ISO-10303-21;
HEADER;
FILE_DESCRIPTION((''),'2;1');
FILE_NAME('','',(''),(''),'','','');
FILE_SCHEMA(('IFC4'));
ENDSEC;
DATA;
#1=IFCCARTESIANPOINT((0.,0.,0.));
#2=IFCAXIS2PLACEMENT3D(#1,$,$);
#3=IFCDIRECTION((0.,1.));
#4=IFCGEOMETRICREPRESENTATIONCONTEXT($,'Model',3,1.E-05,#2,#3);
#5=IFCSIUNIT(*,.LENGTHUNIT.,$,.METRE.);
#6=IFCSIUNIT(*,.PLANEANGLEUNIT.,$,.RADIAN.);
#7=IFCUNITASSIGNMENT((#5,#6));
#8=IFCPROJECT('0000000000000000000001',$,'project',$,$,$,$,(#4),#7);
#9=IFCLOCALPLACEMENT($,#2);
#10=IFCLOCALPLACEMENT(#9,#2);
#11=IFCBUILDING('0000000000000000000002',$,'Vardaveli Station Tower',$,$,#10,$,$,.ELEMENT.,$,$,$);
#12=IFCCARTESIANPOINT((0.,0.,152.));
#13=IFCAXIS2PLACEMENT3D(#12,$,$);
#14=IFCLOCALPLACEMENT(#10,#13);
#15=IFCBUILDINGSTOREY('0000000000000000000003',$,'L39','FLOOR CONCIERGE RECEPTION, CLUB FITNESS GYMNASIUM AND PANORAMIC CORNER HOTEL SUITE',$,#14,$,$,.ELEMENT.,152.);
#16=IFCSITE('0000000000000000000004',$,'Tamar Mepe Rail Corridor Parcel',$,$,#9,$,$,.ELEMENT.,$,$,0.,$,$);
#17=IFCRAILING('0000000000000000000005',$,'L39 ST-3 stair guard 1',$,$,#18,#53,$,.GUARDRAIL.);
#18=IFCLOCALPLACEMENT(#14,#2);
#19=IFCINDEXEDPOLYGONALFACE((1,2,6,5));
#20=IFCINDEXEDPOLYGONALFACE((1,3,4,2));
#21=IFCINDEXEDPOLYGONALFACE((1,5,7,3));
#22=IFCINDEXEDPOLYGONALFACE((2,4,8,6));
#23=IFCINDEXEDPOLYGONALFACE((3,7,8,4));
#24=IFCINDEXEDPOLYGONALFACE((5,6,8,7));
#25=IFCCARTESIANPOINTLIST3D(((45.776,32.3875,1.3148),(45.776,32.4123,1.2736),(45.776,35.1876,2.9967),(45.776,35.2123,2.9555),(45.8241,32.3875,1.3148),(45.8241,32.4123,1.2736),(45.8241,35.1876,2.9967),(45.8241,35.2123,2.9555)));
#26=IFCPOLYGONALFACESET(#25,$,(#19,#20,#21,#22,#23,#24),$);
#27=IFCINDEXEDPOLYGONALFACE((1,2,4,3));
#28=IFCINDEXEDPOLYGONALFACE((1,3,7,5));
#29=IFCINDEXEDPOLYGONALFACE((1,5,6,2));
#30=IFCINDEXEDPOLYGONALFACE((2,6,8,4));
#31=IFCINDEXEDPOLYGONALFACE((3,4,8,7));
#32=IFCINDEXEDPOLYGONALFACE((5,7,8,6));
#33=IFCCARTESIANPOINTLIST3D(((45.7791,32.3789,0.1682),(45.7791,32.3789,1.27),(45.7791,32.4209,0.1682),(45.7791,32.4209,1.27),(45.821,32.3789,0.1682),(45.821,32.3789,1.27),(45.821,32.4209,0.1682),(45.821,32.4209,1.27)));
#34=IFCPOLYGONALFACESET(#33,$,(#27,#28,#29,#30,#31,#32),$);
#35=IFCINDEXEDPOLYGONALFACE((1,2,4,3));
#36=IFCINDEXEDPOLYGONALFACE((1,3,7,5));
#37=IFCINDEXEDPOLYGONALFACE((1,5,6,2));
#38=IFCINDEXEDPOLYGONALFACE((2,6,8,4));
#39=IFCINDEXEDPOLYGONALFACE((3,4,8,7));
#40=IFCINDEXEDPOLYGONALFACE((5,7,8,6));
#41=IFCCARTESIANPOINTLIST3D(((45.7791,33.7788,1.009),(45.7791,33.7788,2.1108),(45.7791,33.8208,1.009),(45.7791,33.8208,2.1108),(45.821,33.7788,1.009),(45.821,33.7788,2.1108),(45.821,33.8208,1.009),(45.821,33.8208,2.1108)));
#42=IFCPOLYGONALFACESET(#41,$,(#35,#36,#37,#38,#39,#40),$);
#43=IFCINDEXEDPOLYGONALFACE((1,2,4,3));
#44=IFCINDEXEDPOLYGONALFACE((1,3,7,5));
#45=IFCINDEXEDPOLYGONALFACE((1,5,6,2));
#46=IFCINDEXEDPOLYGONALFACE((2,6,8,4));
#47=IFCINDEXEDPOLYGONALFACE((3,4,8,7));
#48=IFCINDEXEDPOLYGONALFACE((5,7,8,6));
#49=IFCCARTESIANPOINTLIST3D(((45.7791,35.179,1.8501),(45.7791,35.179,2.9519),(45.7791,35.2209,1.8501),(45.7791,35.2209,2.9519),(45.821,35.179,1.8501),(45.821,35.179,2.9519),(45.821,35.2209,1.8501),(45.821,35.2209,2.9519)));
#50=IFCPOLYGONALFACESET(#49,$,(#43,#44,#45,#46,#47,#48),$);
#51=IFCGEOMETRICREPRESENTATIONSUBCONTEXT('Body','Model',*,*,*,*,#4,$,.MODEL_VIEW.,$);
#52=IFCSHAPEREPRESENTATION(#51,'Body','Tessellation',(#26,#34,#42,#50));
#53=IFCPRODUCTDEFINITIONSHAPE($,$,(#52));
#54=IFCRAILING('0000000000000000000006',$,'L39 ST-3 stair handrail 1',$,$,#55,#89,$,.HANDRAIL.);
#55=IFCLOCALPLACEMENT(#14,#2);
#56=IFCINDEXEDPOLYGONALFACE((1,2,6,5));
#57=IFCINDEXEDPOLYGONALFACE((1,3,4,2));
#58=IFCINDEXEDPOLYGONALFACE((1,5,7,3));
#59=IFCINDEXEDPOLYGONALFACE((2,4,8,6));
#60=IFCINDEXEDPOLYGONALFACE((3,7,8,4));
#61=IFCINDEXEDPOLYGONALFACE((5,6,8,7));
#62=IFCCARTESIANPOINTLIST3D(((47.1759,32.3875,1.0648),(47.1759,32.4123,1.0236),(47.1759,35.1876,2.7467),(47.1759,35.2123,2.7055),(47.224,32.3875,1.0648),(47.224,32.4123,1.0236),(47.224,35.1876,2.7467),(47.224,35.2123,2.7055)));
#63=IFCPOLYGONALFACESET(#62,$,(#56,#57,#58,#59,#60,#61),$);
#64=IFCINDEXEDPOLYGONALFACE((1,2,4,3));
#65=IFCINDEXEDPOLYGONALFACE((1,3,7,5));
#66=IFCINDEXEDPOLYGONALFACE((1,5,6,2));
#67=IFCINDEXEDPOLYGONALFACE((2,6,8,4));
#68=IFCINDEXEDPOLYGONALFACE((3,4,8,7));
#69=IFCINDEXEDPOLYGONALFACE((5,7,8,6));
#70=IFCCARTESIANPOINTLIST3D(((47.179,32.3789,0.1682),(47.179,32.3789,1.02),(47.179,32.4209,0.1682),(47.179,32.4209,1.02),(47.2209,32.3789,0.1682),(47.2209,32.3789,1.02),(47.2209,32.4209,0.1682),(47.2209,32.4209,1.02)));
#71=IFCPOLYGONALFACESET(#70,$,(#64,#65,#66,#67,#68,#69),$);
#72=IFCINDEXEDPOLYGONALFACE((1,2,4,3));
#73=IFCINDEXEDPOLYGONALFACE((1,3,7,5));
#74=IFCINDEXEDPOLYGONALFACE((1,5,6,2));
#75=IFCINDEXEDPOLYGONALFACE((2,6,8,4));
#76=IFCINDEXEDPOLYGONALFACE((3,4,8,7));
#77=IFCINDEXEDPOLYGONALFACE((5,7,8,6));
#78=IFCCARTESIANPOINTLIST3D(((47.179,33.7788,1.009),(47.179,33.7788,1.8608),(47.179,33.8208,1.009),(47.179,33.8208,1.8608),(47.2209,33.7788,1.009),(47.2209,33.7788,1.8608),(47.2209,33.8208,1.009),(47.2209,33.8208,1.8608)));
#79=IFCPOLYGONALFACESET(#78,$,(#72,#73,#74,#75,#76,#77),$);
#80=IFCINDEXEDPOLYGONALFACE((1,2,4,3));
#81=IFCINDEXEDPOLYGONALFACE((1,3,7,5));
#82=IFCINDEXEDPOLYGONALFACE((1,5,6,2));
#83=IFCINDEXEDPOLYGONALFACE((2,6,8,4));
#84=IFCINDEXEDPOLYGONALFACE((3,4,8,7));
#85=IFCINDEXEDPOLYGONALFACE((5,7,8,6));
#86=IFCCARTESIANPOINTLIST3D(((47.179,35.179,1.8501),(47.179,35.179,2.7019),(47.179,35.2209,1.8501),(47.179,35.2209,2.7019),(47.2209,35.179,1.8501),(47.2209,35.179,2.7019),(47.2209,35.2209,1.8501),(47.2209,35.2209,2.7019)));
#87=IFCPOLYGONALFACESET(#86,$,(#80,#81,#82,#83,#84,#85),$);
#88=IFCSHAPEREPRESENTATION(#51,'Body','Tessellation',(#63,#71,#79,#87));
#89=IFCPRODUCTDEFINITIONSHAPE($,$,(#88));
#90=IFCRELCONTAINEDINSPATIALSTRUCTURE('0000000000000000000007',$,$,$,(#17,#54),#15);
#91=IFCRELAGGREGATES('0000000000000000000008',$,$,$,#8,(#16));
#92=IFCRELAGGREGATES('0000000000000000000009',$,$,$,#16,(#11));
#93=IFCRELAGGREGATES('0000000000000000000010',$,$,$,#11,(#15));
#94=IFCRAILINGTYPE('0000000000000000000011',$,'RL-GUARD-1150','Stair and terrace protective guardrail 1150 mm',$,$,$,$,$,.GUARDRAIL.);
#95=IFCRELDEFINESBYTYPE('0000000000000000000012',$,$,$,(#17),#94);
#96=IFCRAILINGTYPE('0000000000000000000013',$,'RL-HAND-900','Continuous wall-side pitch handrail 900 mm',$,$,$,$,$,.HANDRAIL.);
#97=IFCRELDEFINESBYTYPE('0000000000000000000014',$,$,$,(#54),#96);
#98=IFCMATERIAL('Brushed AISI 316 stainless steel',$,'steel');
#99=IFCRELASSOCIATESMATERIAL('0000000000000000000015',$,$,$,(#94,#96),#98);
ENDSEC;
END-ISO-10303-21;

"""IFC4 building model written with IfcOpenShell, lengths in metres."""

from ifc_helpers import new_model, si_unit, direction, frame, origin, origin_2d, place, context, subcontext, project, spatial, rectangle, extrude, source, transform, mapped, material, type_object, element, save


model = new_model("IFC4")

# Units and contexts
model_context = context("Model", 3, precision=1e-05, world=origin(), true_north=direction((0.0, 1.0)))
body_context = subcontext(model_context, "Body", "Model", "MODEL_VIEW")
ifc_project = project(units=[si_unit("LENGTHUNIT", "METRE"), si_unit("PLANEANGLEUNIT", "RADIAN")], contexts=[model_context])

# Site, building, storey
site_placement = place(None, origin())
site = spatial("IfcSite", under=ifc_project, at=site_placement, Name="Tamar Mepe Rail Corridor Parcel", CompositionType="ELEMENT", RefElevation=0.0)
building_placement = place(site_placement, origin())
building = spatial("IfcBuilding", under=site, at=building_placement, Name="Vardaveli Station Tower", CompositionType="ELEMENT")
storey_placement = place(building_placement, frame((0.0, 0.0, 152.0)))
storey = spatial("IfcBuildingStorey", under=building, at=storey_placement, Name="L39", Description="FLOOR CONCIERGE RECEPTION, CLUB FITNESS GYMNASIUM AND PANORAMIC CORNER HOTEL SUITE", CompositionType="ELEMENT", Elevation=152.0)

# Railings
ifc_material_1 = material(Name="Brushed AISI 316 stainless steel", Category="steel")
railing_type_1 = type_object("IfcRailingType", Name="RL-GUARD-1150", Description="Stair and terrace protective guardrail 1150 mm", PredefinedType="GUARDRAIL", material=ifc_material_1)
railing_type_2 = type_object("IfcRailingType", Name="RL-HAND-900", Description="Continuous wall-side pitch handrail 900 mm", PredefinedType="HANDRAIL", material=ifc_material_1)
shared_shape_1 = source(origin(), body_context, "Body", "SweptSolid", [
    extrude(rectangle(XDim=0.0481, YDim=0.0481, at=origin_2d()), frame((0.0, 0.0, 1.126), z_axis=(0.0, 0.857242, 0.514913), x_axis=(-1.0, 0.0, 0.0)), (0.0, 0.0, 1.0), 3.2664),
    extrude(rectangle(XDim=0.042, YDim=0.042, at=origin_2d()), origin(), (0.0, 0.0, 1.0), 1.1018),
    extrude(rectangle(XDim=0.042, YDim=0.042, at=origin_2d()), frame((0.0, 1.3999, 0.8408)), (0.0, 0.0, 1.0), 1.1018),
    extrude(rectangle(XDim=0.042, YDim=0.042, at=origin_2d()), frame((0.0, 2.8, 1.6819)), (0.0, 0.0, 1.0), 1.1018),
])
railing_1_placement = place(storey_placement, frame((45.8, 32.3999, 0.1682)))
element("IfcRailing", 1, at=railing_1_placement, inside=storey, type_object=railing_type_1, Name="L39 ST-3 stair guard 1", PredefinedType="GUARDRAIL", context=body_context, shape_type="MappedRepresentation", body=[
    mapped(shared_shape_1, transform((0.0, 0.0, 0.0), scale=1.0)),
])
shared_shape_2 = source(origin(), body_context, "Body", "SweptSolid", [
    extrude(rectangle(XDim=0.0481, YDim=0.0481, at=origin_2d()), frame((0.0, 0.0, 0.876), z_axis=(0.0, 0.857242, 0.514913), x_axis=(-1.0, 0.0, 0.0)), (0.0, 0.0, 1.0), 3.2664),
    extrude(rectangle(XDim=0.042, YDim=0.042, at=origin_2d()), origin(), (0.0, 0.0, 1.0), 0.8518),
    extrude(rectangle(XDim=0.042, YDim=0.042, at=origin_2d()), frame((0.0, 1.3999, 0.8408)), (0.0, 0.0, 1.0), 0.8518),
    extrude(rectangle(XDim=0.042, YDim=0.042, at=origin_2d()), frame((0.0, 2.8, 1.6819)), (0.0, 0.0, 1.0), 0.8518),
])
railing_2_placement = place(storey_placement, frame((47.2, 32.3999, 0.1682)))
element("IfcRailing", 2, at=railing_2_placement, inside=storey, type_object=railing_type_2, Name="L39 ST-3 stair handrail 1", PredefinedType="HANDRAIL", context=body_context, shape_type="MappedRepresentation", body=[
    mapped(shared_shape_2, transform((0.0, 0.0, 0.0), scale=1.0)),
])

save(model, "model.ifc")
